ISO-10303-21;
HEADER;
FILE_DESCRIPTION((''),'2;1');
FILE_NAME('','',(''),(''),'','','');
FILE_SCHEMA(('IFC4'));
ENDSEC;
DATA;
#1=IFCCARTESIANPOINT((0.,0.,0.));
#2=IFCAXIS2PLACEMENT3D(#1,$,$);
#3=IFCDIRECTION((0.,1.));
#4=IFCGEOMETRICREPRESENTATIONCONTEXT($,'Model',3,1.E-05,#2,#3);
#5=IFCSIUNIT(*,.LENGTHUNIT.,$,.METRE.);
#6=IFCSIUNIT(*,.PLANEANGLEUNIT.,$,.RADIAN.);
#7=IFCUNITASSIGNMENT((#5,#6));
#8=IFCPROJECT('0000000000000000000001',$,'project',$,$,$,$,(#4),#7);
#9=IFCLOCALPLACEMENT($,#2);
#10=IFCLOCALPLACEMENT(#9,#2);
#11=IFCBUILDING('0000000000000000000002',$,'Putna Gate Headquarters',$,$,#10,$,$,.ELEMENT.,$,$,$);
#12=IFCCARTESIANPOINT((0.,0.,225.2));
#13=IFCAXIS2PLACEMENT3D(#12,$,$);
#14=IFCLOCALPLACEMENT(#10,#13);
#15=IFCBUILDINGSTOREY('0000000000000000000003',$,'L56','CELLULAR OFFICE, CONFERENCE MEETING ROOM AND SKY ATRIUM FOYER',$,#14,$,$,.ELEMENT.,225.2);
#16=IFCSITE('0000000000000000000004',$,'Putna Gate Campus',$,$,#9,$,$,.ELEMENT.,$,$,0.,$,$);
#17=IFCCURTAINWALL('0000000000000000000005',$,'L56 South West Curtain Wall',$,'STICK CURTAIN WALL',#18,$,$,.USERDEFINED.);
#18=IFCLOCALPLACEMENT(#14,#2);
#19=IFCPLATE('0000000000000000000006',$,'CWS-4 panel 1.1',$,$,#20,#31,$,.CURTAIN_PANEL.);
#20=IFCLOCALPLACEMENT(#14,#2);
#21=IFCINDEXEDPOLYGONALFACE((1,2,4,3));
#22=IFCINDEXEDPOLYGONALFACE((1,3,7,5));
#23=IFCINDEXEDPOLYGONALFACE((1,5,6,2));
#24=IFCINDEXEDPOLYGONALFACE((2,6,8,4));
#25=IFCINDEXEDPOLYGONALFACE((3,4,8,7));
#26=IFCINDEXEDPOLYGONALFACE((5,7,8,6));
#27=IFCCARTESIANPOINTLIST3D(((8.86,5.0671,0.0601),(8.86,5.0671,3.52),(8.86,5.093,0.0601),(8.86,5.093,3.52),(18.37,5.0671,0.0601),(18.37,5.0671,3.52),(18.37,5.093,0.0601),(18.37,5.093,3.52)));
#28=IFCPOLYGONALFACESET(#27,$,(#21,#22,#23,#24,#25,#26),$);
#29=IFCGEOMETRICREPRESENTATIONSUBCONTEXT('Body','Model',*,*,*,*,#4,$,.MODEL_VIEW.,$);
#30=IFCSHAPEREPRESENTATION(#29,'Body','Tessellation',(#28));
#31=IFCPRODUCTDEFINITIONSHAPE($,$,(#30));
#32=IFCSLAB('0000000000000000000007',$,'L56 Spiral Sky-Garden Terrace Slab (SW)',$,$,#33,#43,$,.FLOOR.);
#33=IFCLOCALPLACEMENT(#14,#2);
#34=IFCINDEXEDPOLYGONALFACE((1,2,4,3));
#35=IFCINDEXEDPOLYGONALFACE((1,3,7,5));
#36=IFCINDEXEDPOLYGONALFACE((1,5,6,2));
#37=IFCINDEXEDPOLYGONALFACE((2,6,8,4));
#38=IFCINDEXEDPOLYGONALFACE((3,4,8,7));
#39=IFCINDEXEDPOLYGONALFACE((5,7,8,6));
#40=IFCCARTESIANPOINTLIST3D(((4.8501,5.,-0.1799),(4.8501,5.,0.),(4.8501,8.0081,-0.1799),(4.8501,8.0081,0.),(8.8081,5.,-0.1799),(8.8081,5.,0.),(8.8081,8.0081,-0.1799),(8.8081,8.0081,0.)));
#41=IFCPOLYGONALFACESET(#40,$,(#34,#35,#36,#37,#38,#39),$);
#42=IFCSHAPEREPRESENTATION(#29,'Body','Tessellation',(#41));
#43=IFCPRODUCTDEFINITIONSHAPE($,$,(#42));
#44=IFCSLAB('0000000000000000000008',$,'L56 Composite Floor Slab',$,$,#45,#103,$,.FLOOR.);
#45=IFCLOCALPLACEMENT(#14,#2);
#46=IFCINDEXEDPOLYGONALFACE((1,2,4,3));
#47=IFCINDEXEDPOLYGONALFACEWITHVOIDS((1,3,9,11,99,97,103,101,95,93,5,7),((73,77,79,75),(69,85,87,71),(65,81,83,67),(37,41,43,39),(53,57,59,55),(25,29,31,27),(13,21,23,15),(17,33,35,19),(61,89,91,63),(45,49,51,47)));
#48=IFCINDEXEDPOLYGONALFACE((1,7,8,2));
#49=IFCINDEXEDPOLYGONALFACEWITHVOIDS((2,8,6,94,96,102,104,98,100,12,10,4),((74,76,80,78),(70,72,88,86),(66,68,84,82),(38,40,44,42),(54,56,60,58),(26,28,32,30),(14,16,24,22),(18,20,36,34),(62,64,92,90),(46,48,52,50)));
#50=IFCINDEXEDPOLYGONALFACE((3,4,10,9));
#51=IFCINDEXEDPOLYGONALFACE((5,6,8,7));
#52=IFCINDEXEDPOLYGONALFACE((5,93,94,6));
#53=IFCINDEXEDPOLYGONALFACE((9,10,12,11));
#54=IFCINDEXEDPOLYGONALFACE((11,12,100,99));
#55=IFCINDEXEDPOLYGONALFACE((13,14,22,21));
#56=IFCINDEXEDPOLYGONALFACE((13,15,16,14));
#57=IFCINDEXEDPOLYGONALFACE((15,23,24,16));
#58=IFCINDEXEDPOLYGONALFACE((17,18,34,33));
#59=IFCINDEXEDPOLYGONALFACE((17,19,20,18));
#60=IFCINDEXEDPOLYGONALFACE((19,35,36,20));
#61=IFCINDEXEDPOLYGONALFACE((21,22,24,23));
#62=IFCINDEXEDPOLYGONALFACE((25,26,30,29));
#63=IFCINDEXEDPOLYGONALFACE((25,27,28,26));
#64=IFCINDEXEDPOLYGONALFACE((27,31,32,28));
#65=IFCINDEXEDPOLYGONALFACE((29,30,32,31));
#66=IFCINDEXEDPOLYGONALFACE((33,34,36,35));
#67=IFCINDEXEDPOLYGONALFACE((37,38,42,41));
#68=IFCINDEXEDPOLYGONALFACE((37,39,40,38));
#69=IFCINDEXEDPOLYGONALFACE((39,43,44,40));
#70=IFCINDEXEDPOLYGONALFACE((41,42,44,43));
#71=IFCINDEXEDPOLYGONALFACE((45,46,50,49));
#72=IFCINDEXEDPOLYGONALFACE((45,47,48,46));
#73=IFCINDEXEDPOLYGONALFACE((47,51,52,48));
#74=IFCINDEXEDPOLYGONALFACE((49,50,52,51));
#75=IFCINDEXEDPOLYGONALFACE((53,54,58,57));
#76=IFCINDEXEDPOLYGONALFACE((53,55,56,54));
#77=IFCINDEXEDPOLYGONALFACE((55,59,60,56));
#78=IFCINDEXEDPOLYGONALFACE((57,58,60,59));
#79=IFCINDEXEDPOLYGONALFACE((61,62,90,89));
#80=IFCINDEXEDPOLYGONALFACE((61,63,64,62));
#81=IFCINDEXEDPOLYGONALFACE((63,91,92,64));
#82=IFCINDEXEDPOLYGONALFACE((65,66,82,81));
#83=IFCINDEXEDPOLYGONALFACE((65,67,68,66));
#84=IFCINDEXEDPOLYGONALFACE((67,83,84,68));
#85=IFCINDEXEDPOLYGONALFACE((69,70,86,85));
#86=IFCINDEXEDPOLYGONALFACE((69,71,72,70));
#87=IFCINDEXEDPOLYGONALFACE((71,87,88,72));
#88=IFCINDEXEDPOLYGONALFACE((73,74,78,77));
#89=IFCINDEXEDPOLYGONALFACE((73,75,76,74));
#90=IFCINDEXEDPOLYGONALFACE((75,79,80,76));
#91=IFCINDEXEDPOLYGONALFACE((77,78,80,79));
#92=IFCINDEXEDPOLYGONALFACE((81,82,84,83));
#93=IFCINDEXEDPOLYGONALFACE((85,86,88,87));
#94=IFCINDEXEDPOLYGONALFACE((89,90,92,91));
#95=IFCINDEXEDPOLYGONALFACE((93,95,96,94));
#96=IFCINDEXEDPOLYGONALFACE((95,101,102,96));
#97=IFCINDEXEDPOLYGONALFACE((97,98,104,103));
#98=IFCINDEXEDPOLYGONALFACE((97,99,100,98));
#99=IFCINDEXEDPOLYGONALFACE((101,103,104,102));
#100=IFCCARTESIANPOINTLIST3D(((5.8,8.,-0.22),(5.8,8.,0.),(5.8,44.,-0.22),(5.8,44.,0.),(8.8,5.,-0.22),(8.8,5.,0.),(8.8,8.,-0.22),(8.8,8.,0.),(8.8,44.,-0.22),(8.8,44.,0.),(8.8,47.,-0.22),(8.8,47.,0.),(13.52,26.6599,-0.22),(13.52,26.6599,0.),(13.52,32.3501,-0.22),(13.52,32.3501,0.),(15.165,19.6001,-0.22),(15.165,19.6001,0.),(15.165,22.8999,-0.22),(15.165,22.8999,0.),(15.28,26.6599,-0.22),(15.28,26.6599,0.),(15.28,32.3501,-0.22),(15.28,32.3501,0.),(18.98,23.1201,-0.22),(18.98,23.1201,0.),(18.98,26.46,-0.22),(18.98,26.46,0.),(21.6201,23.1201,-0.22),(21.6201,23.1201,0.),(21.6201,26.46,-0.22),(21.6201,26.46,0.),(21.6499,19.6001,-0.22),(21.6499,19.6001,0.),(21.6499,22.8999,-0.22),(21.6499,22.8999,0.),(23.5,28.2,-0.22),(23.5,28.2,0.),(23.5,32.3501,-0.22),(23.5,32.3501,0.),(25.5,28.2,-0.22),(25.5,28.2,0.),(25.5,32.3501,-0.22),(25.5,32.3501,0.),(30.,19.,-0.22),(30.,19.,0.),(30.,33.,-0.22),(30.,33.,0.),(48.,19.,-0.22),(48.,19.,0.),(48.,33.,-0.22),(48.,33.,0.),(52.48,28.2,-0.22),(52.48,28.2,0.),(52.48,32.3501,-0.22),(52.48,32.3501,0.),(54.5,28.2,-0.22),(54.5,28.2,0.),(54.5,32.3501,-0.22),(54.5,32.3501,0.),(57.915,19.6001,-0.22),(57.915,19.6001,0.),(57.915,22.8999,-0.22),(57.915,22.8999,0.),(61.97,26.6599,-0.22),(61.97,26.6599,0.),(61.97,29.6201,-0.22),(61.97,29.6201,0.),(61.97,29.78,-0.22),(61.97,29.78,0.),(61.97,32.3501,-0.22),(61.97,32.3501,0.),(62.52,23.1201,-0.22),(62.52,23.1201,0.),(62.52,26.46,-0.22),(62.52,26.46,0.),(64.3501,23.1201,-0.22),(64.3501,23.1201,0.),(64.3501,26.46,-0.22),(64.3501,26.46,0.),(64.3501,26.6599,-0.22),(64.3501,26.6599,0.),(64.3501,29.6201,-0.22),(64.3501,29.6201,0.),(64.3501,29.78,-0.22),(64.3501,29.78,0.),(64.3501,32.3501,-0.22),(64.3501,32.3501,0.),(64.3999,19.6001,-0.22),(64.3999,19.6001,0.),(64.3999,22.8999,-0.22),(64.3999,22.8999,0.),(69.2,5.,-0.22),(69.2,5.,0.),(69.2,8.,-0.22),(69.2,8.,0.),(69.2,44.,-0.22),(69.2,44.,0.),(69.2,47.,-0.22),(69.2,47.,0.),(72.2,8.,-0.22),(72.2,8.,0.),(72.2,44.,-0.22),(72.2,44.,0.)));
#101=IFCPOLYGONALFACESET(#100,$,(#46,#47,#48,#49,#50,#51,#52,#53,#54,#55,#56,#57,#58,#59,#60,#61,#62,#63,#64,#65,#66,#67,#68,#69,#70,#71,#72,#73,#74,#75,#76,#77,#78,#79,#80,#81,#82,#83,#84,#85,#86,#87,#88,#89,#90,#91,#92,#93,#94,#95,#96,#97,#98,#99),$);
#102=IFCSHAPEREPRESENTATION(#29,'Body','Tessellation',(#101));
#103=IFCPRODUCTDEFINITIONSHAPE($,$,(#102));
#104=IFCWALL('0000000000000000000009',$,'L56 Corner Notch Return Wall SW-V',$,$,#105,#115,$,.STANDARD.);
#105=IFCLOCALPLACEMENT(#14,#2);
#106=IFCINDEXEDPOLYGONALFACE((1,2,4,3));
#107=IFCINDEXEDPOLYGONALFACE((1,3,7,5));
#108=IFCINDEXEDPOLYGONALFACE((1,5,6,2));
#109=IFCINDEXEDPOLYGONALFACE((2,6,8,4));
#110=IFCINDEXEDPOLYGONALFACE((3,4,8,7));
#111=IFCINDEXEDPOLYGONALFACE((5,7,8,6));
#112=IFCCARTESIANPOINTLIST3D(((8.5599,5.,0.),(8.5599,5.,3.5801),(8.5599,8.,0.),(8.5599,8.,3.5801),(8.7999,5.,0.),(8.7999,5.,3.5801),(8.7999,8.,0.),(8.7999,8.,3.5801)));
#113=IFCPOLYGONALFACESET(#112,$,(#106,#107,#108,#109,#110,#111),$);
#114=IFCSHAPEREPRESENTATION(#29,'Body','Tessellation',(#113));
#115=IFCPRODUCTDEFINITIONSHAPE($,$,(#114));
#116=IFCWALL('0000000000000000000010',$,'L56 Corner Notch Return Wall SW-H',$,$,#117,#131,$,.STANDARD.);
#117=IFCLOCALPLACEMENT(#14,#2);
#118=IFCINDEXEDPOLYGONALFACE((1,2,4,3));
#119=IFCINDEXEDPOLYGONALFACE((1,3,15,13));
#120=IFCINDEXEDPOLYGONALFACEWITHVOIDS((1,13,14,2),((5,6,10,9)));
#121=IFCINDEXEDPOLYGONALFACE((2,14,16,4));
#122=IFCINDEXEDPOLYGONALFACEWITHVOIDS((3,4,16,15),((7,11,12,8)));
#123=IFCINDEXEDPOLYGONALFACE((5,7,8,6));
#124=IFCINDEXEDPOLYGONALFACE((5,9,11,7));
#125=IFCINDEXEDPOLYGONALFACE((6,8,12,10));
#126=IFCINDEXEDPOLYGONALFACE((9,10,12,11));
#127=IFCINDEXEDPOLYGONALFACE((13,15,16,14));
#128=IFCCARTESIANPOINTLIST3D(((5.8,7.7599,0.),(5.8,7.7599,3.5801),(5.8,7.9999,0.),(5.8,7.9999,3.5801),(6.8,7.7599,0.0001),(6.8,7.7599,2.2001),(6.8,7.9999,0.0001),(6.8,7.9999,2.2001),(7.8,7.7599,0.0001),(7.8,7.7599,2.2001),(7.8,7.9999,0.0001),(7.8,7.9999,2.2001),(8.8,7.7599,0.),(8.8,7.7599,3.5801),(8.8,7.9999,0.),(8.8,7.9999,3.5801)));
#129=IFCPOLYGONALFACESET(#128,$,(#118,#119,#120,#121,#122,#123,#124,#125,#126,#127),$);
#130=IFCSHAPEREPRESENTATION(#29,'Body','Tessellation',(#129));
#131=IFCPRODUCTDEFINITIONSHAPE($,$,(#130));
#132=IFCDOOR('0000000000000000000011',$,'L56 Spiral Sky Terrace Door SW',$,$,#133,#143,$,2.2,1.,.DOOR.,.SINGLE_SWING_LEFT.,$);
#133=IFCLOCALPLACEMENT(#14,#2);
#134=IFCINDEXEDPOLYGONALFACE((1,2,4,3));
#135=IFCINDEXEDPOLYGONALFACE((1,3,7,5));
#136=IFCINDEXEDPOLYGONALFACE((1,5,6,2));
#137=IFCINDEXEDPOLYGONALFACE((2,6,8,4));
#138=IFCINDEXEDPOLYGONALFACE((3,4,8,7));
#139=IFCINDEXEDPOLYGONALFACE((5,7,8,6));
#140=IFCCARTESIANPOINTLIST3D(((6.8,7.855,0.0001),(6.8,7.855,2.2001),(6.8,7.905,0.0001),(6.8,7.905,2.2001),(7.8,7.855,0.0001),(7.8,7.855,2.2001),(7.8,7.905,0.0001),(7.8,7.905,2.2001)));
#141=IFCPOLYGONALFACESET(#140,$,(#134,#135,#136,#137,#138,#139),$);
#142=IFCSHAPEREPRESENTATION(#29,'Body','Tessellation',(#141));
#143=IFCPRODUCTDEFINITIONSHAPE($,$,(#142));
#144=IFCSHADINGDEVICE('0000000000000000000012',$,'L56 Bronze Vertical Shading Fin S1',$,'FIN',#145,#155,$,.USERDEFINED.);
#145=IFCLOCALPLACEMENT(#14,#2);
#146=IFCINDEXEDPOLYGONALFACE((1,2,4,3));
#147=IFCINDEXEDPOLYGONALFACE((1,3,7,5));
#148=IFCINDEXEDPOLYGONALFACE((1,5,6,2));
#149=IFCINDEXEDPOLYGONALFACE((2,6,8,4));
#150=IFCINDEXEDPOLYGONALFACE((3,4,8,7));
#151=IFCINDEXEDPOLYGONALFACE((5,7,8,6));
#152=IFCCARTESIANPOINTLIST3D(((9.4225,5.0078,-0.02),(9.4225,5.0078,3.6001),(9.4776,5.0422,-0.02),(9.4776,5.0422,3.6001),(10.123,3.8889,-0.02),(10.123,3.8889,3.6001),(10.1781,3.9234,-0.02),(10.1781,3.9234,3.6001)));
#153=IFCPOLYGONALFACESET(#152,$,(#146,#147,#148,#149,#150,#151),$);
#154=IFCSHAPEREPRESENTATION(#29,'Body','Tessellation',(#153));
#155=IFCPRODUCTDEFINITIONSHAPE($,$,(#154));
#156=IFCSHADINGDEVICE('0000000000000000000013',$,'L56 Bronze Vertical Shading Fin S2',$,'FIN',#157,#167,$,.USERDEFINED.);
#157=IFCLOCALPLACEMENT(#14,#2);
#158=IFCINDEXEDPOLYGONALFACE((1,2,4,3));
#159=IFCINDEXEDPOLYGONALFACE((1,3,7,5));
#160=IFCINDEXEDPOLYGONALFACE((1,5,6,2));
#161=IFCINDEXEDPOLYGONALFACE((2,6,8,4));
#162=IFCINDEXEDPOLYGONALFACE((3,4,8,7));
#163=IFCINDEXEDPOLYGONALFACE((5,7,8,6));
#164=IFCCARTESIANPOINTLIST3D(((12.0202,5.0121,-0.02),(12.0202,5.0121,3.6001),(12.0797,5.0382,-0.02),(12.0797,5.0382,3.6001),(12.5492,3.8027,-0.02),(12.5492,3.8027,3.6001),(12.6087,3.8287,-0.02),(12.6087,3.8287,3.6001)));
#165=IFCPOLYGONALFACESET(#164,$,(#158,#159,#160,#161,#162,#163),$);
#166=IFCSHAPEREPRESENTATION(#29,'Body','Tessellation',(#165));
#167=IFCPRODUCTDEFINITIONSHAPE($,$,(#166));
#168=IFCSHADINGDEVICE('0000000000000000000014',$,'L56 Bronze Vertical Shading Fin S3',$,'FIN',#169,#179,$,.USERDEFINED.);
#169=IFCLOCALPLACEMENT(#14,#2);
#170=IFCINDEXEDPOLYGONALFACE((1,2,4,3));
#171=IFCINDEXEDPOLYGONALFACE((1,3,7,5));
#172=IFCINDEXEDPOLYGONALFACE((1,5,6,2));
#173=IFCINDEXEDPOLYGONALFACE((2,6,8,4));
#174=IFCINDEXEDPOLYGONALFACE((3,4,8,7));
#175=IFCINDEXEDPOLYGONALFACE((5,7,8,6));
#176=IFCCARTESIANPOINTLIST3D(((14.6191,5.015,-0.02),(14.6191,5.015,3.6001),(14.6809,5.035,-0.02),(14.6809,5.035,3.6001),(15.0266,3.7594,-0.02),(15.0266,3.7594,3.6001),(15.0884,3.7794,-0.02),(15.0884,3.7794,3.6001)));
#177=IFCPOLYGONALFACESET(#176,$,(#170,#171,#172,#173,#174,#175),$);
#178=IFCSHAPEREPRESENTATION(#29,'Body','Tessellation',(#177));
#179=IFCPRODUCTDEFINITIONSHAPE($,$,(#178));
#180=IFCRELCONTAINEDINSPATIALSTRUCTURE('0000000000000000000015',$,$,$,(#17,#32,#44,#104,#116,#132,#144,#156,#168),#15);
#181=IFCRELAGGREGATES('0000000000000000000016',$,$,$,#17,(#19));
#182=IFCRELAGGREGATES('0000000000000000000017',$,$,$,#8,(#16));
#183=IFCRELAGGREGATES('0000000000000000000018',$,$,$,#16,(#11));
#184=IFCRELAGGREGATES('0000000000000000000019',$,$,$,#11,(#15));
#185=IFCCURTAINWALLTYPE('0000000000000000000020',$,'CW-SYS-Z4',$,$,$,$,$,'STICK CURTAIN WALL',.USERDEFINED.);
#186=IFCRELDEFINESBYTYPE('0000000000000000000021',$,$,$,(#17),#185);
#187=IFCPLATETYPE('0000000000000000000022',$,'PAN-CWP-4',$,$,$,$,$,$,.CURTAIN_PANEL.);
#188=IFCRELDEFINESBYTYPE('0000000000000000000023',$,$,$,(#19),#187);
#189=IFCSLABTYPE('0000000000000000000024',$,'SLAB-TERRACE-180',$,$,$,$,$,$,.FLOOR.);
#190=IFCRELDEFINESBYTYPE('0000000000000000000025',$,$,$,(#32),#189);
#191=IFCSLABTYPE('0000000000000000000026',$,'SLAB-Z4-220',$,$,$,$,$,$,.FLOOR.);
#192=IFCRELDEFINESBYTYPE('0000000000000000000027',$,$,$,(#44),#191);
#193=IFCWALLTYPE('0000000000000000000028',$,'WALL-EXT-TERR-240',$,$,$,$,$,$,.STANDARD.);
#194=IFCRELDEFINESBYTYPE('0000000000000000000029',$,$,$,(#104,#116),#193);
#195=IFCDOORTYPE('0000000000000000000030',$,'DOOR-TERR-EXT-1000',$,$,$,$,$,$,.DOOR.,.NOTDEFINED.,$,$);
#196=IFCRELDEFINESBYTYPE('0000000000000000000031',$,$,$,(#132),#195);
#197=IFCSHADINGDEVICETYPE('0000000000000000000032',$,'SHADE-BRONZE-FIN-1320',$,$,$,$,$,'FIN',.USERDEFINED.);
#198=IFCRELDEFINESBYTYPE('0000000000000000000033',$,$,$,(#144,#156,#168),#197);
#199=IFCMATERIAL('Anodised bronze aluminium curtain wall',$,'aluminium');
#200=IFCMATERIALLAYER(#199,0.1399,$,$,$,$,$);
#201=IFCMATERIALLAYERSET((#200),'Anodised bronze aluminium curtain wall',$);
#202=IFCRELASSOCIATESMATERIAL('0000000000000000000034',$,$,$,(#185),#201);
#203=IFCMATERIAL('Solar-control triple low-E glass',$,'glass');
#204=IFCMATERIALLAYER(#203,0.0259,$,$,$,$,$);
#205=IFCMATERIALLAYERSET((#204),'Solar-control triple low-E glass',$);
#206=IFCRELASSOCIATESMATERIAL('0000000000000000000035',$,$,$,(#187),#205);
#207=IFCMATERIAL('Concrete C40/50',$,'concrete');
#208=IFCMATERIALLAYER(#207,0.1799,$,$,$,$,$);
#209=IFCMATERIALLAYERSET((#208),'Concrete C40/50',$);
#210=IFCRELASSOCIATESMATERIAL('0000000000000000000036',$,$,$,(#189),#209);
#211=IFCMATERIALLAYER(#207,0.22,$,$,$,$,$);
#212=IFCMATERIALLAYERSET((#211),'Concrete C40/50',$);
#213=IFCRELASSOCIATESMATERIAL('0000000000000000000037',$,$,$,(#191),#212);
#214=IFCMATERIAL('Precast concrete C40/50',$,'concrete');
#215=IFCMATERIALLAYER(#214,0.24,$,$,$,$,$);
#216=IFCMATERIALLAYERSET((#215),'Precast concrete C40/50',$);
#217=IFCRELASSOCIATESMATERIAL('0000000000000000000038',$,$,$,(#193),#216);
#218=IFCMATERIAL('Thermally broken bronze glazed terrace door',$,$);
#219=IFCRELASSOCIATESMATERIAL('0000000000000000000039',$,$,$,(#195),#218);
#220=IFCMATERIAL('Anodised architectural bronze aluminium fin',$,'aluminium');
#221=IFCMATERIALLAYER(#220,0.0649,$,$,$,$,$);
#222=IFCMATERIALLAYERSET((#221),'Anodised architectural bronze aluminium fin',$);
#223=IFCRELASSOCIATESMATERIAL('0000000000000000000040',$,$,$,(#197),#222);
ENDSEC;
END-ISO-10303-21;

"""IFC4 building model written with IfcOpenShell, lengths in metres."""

from ifc_helpers import new_model, si_unit, direction, frame, frame_2d, origin, origin_2d, place, context, subcontext, project, spatial, polyline, rectangle, outline, extrude, material, layer, layer_set, type_object, element, fill, aggregate, save


model = new_model("IFC4")

# Units and contexts
model_context = context("Model", 3, precision=1e-05, world=origin(), true_north=direction((0.0, 1.0)))
body_context = subcontext(model_context, "Body", "Model", "MODEL_VIEW")
ifc_project = project(units=[si_unit("LENGTHUNIT", "METRE"), si_unit("PLANEANGLEUNIT", "RADIAN")], contexts=[model_context])

# Site, building, storey
site_placement = place(None, origin())
site = spatial("IfcSite", under=ifc_project, at=site_placement, Name="Putna Gate Campus", CompositionType="ELEMENT", RefElevation=0.0)
building_placement = place(site_placement, origin())
building = spatial("IfcBuilding", under=site, at=building_placement, Name="Putna Gate Headquarters", CompositionType="ELEMENT")
storey_placement = place(building_placement, frame((0.0, 0.0, 225.2)))
storey = spatial("IfcBuildingStorey", under=building, at=storey_placement, Name="L56", Description="CELLULAR OFFICE, CONFERENCE MEETING ROOM AND SKY ATRIUM FOYER", CompositionType="ELEMENT", Elevation=225.2)

# Curtain wall
ifc_material_1 = material(Name="Anodised bronze aluminium curtain wall", Category="aluminium")
ifc_layer_1 = layer(ifc_material_1, 0.1399)
ifc_layer_set_1 = layer_set([ifc_layer_1], Name="Anodised bronze aluminium curtain wall")
curtain_wall_type = type_object("IfcCurtainWallType", Name="CW-SYS-Z4", ElementType="STICK CURTAIN WALL", PredefinedType="USERDEFINED", material=ifc_layer_set_1)
curtain_wall_1_placement = place(storey_placement, origin())
curtain_wall_1 = element("IfcCurtainWall", 1, at=curtain_wall_1_placement, inside=storey, type_object=curtain_wall_type, Name="L56 South West Curtain Wall", ObjectType="STICK CURTAIN WALL", PredefinedType="USERDEFINED")

# Shared definitions
ifc_material_2 = material(Name="Concrete C40/50", Category="concrete")

# Plate
ifc_material_3 = material(Name="Solar-control triple low-E glass", Category="glass")
ifc_layer_2 = layer(ifc_material_3, 0.0259)
ifc_layer_set_2 = layer_set([ifc_layer_2], Name="Solar-control triple low-E glass")
plate_type = type_object("IfcPlateType", Name="PAN-CWP-4", PredefinedType="CURTAIN_PANEL", material=ifc_layer_set_2)
plate_placement = place(storey_placement, frame((13.615, 5.0801, 0.0601), z_axis=(0.0, 0.0, 1.0), x_axis=(1.0, 0.0, 0.0)))
plate = element("IfcPlate", 2, at=plate_placement, type_object=plate_type, Name="CWS-4 panel 1.1", PredefinedType="CURTAIN_PANEL", context=body_context, shape_type="SweptSolid", body=[
    extrude(rectangle(XDim=9.51, YDim=0.0259, at=origin_2d()), origin(), (0.0, 0.0, 1.0), 3.46),
])
aggregate(curtain_wall_1, [plate])

# Slabs
ifc_layer_3 = layer(ifc_material_2, 0.1799)
ifc_layer_set_3 = layer_set([ifc_layer_3], Name="Concrete C40/50")
slab_type_1 = type_object("IfcSlabType", Name="SLAB-TERRACE-180", PredefinedType="FLOOR", material=ifc_layer_set_3)
slab_1_placement = place(storey_placement, frame((0.0, 0.0, -0.1799)))
element("IfcSlab", 3, at=slab_1_placement, inside=storey, type_object=slab_type_1, Name="L56 Spiral Sky-Garden Terrace Slab (SW)", PredefinedType="FLOOR", context=body_context, shape_type="SweptSolid", body=[
    extrude(outline(polyline([(4.8501, 5.0), (8.8081, 5.0), (8.8081, 8.0081), (4.8501, 8.0081), (4.8501, 5.0)])), origin(), (0.0, 0.0, 1.0), 0.1799),
])
ifc_layer_4 = layer(ifc_material_2, 0.22)
ifc_layer_set_4 = layer_set([ifc_layer_4], Name="Concrete C40/50")
slab_type_2 = type_object("IfcSlabType", Name="SLAB-Z4-220", PredefinedType="FLOOR", material=ifc_layer_set_4)
slab_2_placement = place(storey_placement, frame((0.0, 0.0, -0.22)))
element("IfcSlab", 4, at=slab_2_placement, inside=storey, type_object=slab_type_2, Name="L56 Composite Floor Slab", PredefinedType="FLOOR", context=body_context, shape_type="SweptSolid", body=[
    extrude(outline(polyline([(8.8, 5.0), (69.2, 5.0), (69.2, 8.0), (72.2, 8.0), (72.2, 44.0), (69.2, 44.0), (69.2, 47.0), (8.8, 47.0), (8.8, 44.0), (5.8, 44.0), (5.8, 8.0), (8.8, 8.0), (8.8, 5.0)]), holes=[polyline([(15.165, 19.6001), (21.6499, 19.6001), (21.6499, 22.8999), (15.165, 22.8999), (15.165, 19.6001)]), polyline([(57.915, 19.6001), (64.3999, 19.6001), (64.3999, 22.8999), (57.915, 22.8999), (57.915, 19.6001)]), polyline([(13.52, 26.6599), (15.28, 26.6599), (15.28, 32.3501), (13.52, 32.3501), (13.52, 26.6599)]), polyline([(61.97, 29.78), (64.3501, 29.78), (64.3501, 32.3501), (61.97, 32.3501), (61.97, 29.78)]), polyline([(18.98, 23.1201), (21.6201, 23.1201), (21.6201, 26.46), (18.98, 26.46), (18.98, 23.1201)]), polyline([(62.52, 23.1201), (64.3501, 23.1201), (64.3501, 26.46), (62.52, 26.46), (62.52, 23.1201)]), polyline([(61.97, 26.6599), (64.3501, 26.6599), (64.3501, 29.6201), (61.97, 29.6201), (61.97, 26.6599)]), polyline([(23.5, 28.2), (25.5, 28.2), (25.5, 32.3501), (23.5, 32.3501), (23.5, 28.2)]), polyline([(52.48, 28.2), (54.5, 28.2), (54.5, 32.3501), (52.48, 32.3501), (52.48, 28.2)]), polyline([(30.0, 19.0), (48.0, 19.0), (48.0, 33.0), (30.0, 33.0), (30.0, 19.0)])]), origin(), (0.0, 0.0, 1.0), 0.22),
])

# Wall
ifc_material_4 = material(Name="Precast concrete C40/50", Category="concrete")
ifc_layer_5 = layer(ifc_material_4, 0.24)
ifc_layer_set_5 = layer_set([ifc_layer_5], Name="Precast concrete C40/50")
wall_type = type_object("IfcWallType", Name="WALL-EXT-TERR-240", PredefinedType="STANDARD", material=ifc_layer_set_5)
wall_1_placement = place(storey_placement, frame((8.6799, 5.0, 0.0), z_axis=(0.0, 0.0, 1.0), x_axis=(0.0, 1.0, 0.0)))
element("IfcWall", 5, at=wall_1_placement, inside=storey, type_object=wall_type, Name="L56 Corner Notch Return Wall SW-V", PredefinedType="STANDARD", context=body_context, shape_type="SweptSolid", body=[
    extrude(rectangle(XDim=3.0, YDim=0.24, at=frame_2d((1.5, 0.0))), origin(), (0.0, 0.0, 1.0), 3.5801),
])

# Wall, opening, door
wall_2_placement = place(storey_placement, frame((8.8, 7.8799, 0.0), z_axis=(0.0, 0.0, 1.0), x_axis=(-1.0, 0.0, 0.0)))
wall_2 = element("IfcWall", 6, at=wall_2_placement, inside=storey, type_object=wall_type, Name="L56 Corner Notch Return Wall SW-H", PredefinedType="STANDARD", context=body_context, shape_type="SweptSolid", body=[
    extrude(rectangle(XDim=3.0, YDim=0.24, at=frame_2d((1.5, 0.0))), origin(), (0.0, 0.0, 1.0), 3.5801),
])
opening_placement = place(wall_2_placement, frame((1.0, 0.0, 0.0)))
opening = element("IfcOpeningElement", 7, at=opening_placement, cuts=wall_2, PredefinedType="OPENING", context=body_context, shape_type="SweptSolid", body=[
    extrude(rectangle(XDim=1.0, YDim=2.2, at=frame_2d((0.5, 1.1001))), frame((0.0, 0.1299, 0.0), z_axis=(0.0, -1.0, 0.0), x_axis=(1.0, 0.0, 0.0)), (0.0, 0.0, 1.0), 0.26),
])
ifc_material_5 = material(Name="Thermally broken bronze glazed terrace door")
door_type = type_object("IfcDoorType", Name="DOOR-TERR-EXT-1000", OperationType="NOTDEFINED", PredefinedType="DOOR", material=ifc_material_5)
door_placement = place(opening_placement, origin())
door = element("IfcDoor", 8, at=door_placement, inside=storey, type_object=door_type, Name="L56 Spiral Sky Terrace Door SW", OperationType="SINGLE_SWING_LEFT", OverallHeight=2.2, OverallWidth=1.0, PredefinedType="DOOR", context=body_context, shape_type="SweptSolid", body=[
    extrude(rectangle(XDim=1.0, YDim=2.2, at=frame_2d((0.5, 1.1001))), frame((0.0, 0.0249, 0.0), z_axis=(0.0, -1.0, 0.0), x_axis=(1.0, 0.0, 0.0)), (0.0, 0.0, 1.0), 0.05),
])
fill(opening, door)

# Shading devices
ifc_material_6 = material(Name="Anodised architectural bronze aluminium fin", Category="aluminium")
ifc_layer_6 = layer(ifc_material_6, 0.0649)
ifc_layer_set_6 = layer_set([ifc_layer_6], Name="Anodised architectural bronze aluminium fin")
shading_device_type = type_object("IfcShadingDeviceType", Name="SHADE-BRONZE-FIN-1320", ElementType="FIN", PredefinedType="USERDEFINED", material=ifc_layer_set_6)
for number, where, z_axis, x_axis, name in (
    (9, (9.8003, 4.4656, -0.02), (0.0, 0.0, 1.0), (0.530659, -0.847585, 0.0), "L56 Bronze Vertical Shading Fin S1"),
    (10, (12.3145, 4.4204, -0.02), (0.0, 0.0, 1.0), (0.400669, -0.916223, 0.0), "L56 Bronze Vertical Shading Fin S2"),
    (11, (14.8538, 4.3972, -0.02), (0.0, 0.0, 1.0), (0.308685, -0.951164, 0.0), "L56 Bronze Vertical Shading Fin S3"),
):
    element("IfcShadingDevice", number, at=place(storey_placement, frame(where, z_axis=z_axis, x_axis=x_axis)), inside=storey, type_object=shading_device_type, Name=name, ObjectType="FIN", PredefinedType="USERDEFINED", context=body_context, shape_type="SweptSolid", body=[
        extrude(rectangle(XDim=1.3201, YDim=0.0649, at=origin_2d()), origin(), (0.0, 0.0, 1.0), 3.6201),
    ])

save(model, "model.ifc")
